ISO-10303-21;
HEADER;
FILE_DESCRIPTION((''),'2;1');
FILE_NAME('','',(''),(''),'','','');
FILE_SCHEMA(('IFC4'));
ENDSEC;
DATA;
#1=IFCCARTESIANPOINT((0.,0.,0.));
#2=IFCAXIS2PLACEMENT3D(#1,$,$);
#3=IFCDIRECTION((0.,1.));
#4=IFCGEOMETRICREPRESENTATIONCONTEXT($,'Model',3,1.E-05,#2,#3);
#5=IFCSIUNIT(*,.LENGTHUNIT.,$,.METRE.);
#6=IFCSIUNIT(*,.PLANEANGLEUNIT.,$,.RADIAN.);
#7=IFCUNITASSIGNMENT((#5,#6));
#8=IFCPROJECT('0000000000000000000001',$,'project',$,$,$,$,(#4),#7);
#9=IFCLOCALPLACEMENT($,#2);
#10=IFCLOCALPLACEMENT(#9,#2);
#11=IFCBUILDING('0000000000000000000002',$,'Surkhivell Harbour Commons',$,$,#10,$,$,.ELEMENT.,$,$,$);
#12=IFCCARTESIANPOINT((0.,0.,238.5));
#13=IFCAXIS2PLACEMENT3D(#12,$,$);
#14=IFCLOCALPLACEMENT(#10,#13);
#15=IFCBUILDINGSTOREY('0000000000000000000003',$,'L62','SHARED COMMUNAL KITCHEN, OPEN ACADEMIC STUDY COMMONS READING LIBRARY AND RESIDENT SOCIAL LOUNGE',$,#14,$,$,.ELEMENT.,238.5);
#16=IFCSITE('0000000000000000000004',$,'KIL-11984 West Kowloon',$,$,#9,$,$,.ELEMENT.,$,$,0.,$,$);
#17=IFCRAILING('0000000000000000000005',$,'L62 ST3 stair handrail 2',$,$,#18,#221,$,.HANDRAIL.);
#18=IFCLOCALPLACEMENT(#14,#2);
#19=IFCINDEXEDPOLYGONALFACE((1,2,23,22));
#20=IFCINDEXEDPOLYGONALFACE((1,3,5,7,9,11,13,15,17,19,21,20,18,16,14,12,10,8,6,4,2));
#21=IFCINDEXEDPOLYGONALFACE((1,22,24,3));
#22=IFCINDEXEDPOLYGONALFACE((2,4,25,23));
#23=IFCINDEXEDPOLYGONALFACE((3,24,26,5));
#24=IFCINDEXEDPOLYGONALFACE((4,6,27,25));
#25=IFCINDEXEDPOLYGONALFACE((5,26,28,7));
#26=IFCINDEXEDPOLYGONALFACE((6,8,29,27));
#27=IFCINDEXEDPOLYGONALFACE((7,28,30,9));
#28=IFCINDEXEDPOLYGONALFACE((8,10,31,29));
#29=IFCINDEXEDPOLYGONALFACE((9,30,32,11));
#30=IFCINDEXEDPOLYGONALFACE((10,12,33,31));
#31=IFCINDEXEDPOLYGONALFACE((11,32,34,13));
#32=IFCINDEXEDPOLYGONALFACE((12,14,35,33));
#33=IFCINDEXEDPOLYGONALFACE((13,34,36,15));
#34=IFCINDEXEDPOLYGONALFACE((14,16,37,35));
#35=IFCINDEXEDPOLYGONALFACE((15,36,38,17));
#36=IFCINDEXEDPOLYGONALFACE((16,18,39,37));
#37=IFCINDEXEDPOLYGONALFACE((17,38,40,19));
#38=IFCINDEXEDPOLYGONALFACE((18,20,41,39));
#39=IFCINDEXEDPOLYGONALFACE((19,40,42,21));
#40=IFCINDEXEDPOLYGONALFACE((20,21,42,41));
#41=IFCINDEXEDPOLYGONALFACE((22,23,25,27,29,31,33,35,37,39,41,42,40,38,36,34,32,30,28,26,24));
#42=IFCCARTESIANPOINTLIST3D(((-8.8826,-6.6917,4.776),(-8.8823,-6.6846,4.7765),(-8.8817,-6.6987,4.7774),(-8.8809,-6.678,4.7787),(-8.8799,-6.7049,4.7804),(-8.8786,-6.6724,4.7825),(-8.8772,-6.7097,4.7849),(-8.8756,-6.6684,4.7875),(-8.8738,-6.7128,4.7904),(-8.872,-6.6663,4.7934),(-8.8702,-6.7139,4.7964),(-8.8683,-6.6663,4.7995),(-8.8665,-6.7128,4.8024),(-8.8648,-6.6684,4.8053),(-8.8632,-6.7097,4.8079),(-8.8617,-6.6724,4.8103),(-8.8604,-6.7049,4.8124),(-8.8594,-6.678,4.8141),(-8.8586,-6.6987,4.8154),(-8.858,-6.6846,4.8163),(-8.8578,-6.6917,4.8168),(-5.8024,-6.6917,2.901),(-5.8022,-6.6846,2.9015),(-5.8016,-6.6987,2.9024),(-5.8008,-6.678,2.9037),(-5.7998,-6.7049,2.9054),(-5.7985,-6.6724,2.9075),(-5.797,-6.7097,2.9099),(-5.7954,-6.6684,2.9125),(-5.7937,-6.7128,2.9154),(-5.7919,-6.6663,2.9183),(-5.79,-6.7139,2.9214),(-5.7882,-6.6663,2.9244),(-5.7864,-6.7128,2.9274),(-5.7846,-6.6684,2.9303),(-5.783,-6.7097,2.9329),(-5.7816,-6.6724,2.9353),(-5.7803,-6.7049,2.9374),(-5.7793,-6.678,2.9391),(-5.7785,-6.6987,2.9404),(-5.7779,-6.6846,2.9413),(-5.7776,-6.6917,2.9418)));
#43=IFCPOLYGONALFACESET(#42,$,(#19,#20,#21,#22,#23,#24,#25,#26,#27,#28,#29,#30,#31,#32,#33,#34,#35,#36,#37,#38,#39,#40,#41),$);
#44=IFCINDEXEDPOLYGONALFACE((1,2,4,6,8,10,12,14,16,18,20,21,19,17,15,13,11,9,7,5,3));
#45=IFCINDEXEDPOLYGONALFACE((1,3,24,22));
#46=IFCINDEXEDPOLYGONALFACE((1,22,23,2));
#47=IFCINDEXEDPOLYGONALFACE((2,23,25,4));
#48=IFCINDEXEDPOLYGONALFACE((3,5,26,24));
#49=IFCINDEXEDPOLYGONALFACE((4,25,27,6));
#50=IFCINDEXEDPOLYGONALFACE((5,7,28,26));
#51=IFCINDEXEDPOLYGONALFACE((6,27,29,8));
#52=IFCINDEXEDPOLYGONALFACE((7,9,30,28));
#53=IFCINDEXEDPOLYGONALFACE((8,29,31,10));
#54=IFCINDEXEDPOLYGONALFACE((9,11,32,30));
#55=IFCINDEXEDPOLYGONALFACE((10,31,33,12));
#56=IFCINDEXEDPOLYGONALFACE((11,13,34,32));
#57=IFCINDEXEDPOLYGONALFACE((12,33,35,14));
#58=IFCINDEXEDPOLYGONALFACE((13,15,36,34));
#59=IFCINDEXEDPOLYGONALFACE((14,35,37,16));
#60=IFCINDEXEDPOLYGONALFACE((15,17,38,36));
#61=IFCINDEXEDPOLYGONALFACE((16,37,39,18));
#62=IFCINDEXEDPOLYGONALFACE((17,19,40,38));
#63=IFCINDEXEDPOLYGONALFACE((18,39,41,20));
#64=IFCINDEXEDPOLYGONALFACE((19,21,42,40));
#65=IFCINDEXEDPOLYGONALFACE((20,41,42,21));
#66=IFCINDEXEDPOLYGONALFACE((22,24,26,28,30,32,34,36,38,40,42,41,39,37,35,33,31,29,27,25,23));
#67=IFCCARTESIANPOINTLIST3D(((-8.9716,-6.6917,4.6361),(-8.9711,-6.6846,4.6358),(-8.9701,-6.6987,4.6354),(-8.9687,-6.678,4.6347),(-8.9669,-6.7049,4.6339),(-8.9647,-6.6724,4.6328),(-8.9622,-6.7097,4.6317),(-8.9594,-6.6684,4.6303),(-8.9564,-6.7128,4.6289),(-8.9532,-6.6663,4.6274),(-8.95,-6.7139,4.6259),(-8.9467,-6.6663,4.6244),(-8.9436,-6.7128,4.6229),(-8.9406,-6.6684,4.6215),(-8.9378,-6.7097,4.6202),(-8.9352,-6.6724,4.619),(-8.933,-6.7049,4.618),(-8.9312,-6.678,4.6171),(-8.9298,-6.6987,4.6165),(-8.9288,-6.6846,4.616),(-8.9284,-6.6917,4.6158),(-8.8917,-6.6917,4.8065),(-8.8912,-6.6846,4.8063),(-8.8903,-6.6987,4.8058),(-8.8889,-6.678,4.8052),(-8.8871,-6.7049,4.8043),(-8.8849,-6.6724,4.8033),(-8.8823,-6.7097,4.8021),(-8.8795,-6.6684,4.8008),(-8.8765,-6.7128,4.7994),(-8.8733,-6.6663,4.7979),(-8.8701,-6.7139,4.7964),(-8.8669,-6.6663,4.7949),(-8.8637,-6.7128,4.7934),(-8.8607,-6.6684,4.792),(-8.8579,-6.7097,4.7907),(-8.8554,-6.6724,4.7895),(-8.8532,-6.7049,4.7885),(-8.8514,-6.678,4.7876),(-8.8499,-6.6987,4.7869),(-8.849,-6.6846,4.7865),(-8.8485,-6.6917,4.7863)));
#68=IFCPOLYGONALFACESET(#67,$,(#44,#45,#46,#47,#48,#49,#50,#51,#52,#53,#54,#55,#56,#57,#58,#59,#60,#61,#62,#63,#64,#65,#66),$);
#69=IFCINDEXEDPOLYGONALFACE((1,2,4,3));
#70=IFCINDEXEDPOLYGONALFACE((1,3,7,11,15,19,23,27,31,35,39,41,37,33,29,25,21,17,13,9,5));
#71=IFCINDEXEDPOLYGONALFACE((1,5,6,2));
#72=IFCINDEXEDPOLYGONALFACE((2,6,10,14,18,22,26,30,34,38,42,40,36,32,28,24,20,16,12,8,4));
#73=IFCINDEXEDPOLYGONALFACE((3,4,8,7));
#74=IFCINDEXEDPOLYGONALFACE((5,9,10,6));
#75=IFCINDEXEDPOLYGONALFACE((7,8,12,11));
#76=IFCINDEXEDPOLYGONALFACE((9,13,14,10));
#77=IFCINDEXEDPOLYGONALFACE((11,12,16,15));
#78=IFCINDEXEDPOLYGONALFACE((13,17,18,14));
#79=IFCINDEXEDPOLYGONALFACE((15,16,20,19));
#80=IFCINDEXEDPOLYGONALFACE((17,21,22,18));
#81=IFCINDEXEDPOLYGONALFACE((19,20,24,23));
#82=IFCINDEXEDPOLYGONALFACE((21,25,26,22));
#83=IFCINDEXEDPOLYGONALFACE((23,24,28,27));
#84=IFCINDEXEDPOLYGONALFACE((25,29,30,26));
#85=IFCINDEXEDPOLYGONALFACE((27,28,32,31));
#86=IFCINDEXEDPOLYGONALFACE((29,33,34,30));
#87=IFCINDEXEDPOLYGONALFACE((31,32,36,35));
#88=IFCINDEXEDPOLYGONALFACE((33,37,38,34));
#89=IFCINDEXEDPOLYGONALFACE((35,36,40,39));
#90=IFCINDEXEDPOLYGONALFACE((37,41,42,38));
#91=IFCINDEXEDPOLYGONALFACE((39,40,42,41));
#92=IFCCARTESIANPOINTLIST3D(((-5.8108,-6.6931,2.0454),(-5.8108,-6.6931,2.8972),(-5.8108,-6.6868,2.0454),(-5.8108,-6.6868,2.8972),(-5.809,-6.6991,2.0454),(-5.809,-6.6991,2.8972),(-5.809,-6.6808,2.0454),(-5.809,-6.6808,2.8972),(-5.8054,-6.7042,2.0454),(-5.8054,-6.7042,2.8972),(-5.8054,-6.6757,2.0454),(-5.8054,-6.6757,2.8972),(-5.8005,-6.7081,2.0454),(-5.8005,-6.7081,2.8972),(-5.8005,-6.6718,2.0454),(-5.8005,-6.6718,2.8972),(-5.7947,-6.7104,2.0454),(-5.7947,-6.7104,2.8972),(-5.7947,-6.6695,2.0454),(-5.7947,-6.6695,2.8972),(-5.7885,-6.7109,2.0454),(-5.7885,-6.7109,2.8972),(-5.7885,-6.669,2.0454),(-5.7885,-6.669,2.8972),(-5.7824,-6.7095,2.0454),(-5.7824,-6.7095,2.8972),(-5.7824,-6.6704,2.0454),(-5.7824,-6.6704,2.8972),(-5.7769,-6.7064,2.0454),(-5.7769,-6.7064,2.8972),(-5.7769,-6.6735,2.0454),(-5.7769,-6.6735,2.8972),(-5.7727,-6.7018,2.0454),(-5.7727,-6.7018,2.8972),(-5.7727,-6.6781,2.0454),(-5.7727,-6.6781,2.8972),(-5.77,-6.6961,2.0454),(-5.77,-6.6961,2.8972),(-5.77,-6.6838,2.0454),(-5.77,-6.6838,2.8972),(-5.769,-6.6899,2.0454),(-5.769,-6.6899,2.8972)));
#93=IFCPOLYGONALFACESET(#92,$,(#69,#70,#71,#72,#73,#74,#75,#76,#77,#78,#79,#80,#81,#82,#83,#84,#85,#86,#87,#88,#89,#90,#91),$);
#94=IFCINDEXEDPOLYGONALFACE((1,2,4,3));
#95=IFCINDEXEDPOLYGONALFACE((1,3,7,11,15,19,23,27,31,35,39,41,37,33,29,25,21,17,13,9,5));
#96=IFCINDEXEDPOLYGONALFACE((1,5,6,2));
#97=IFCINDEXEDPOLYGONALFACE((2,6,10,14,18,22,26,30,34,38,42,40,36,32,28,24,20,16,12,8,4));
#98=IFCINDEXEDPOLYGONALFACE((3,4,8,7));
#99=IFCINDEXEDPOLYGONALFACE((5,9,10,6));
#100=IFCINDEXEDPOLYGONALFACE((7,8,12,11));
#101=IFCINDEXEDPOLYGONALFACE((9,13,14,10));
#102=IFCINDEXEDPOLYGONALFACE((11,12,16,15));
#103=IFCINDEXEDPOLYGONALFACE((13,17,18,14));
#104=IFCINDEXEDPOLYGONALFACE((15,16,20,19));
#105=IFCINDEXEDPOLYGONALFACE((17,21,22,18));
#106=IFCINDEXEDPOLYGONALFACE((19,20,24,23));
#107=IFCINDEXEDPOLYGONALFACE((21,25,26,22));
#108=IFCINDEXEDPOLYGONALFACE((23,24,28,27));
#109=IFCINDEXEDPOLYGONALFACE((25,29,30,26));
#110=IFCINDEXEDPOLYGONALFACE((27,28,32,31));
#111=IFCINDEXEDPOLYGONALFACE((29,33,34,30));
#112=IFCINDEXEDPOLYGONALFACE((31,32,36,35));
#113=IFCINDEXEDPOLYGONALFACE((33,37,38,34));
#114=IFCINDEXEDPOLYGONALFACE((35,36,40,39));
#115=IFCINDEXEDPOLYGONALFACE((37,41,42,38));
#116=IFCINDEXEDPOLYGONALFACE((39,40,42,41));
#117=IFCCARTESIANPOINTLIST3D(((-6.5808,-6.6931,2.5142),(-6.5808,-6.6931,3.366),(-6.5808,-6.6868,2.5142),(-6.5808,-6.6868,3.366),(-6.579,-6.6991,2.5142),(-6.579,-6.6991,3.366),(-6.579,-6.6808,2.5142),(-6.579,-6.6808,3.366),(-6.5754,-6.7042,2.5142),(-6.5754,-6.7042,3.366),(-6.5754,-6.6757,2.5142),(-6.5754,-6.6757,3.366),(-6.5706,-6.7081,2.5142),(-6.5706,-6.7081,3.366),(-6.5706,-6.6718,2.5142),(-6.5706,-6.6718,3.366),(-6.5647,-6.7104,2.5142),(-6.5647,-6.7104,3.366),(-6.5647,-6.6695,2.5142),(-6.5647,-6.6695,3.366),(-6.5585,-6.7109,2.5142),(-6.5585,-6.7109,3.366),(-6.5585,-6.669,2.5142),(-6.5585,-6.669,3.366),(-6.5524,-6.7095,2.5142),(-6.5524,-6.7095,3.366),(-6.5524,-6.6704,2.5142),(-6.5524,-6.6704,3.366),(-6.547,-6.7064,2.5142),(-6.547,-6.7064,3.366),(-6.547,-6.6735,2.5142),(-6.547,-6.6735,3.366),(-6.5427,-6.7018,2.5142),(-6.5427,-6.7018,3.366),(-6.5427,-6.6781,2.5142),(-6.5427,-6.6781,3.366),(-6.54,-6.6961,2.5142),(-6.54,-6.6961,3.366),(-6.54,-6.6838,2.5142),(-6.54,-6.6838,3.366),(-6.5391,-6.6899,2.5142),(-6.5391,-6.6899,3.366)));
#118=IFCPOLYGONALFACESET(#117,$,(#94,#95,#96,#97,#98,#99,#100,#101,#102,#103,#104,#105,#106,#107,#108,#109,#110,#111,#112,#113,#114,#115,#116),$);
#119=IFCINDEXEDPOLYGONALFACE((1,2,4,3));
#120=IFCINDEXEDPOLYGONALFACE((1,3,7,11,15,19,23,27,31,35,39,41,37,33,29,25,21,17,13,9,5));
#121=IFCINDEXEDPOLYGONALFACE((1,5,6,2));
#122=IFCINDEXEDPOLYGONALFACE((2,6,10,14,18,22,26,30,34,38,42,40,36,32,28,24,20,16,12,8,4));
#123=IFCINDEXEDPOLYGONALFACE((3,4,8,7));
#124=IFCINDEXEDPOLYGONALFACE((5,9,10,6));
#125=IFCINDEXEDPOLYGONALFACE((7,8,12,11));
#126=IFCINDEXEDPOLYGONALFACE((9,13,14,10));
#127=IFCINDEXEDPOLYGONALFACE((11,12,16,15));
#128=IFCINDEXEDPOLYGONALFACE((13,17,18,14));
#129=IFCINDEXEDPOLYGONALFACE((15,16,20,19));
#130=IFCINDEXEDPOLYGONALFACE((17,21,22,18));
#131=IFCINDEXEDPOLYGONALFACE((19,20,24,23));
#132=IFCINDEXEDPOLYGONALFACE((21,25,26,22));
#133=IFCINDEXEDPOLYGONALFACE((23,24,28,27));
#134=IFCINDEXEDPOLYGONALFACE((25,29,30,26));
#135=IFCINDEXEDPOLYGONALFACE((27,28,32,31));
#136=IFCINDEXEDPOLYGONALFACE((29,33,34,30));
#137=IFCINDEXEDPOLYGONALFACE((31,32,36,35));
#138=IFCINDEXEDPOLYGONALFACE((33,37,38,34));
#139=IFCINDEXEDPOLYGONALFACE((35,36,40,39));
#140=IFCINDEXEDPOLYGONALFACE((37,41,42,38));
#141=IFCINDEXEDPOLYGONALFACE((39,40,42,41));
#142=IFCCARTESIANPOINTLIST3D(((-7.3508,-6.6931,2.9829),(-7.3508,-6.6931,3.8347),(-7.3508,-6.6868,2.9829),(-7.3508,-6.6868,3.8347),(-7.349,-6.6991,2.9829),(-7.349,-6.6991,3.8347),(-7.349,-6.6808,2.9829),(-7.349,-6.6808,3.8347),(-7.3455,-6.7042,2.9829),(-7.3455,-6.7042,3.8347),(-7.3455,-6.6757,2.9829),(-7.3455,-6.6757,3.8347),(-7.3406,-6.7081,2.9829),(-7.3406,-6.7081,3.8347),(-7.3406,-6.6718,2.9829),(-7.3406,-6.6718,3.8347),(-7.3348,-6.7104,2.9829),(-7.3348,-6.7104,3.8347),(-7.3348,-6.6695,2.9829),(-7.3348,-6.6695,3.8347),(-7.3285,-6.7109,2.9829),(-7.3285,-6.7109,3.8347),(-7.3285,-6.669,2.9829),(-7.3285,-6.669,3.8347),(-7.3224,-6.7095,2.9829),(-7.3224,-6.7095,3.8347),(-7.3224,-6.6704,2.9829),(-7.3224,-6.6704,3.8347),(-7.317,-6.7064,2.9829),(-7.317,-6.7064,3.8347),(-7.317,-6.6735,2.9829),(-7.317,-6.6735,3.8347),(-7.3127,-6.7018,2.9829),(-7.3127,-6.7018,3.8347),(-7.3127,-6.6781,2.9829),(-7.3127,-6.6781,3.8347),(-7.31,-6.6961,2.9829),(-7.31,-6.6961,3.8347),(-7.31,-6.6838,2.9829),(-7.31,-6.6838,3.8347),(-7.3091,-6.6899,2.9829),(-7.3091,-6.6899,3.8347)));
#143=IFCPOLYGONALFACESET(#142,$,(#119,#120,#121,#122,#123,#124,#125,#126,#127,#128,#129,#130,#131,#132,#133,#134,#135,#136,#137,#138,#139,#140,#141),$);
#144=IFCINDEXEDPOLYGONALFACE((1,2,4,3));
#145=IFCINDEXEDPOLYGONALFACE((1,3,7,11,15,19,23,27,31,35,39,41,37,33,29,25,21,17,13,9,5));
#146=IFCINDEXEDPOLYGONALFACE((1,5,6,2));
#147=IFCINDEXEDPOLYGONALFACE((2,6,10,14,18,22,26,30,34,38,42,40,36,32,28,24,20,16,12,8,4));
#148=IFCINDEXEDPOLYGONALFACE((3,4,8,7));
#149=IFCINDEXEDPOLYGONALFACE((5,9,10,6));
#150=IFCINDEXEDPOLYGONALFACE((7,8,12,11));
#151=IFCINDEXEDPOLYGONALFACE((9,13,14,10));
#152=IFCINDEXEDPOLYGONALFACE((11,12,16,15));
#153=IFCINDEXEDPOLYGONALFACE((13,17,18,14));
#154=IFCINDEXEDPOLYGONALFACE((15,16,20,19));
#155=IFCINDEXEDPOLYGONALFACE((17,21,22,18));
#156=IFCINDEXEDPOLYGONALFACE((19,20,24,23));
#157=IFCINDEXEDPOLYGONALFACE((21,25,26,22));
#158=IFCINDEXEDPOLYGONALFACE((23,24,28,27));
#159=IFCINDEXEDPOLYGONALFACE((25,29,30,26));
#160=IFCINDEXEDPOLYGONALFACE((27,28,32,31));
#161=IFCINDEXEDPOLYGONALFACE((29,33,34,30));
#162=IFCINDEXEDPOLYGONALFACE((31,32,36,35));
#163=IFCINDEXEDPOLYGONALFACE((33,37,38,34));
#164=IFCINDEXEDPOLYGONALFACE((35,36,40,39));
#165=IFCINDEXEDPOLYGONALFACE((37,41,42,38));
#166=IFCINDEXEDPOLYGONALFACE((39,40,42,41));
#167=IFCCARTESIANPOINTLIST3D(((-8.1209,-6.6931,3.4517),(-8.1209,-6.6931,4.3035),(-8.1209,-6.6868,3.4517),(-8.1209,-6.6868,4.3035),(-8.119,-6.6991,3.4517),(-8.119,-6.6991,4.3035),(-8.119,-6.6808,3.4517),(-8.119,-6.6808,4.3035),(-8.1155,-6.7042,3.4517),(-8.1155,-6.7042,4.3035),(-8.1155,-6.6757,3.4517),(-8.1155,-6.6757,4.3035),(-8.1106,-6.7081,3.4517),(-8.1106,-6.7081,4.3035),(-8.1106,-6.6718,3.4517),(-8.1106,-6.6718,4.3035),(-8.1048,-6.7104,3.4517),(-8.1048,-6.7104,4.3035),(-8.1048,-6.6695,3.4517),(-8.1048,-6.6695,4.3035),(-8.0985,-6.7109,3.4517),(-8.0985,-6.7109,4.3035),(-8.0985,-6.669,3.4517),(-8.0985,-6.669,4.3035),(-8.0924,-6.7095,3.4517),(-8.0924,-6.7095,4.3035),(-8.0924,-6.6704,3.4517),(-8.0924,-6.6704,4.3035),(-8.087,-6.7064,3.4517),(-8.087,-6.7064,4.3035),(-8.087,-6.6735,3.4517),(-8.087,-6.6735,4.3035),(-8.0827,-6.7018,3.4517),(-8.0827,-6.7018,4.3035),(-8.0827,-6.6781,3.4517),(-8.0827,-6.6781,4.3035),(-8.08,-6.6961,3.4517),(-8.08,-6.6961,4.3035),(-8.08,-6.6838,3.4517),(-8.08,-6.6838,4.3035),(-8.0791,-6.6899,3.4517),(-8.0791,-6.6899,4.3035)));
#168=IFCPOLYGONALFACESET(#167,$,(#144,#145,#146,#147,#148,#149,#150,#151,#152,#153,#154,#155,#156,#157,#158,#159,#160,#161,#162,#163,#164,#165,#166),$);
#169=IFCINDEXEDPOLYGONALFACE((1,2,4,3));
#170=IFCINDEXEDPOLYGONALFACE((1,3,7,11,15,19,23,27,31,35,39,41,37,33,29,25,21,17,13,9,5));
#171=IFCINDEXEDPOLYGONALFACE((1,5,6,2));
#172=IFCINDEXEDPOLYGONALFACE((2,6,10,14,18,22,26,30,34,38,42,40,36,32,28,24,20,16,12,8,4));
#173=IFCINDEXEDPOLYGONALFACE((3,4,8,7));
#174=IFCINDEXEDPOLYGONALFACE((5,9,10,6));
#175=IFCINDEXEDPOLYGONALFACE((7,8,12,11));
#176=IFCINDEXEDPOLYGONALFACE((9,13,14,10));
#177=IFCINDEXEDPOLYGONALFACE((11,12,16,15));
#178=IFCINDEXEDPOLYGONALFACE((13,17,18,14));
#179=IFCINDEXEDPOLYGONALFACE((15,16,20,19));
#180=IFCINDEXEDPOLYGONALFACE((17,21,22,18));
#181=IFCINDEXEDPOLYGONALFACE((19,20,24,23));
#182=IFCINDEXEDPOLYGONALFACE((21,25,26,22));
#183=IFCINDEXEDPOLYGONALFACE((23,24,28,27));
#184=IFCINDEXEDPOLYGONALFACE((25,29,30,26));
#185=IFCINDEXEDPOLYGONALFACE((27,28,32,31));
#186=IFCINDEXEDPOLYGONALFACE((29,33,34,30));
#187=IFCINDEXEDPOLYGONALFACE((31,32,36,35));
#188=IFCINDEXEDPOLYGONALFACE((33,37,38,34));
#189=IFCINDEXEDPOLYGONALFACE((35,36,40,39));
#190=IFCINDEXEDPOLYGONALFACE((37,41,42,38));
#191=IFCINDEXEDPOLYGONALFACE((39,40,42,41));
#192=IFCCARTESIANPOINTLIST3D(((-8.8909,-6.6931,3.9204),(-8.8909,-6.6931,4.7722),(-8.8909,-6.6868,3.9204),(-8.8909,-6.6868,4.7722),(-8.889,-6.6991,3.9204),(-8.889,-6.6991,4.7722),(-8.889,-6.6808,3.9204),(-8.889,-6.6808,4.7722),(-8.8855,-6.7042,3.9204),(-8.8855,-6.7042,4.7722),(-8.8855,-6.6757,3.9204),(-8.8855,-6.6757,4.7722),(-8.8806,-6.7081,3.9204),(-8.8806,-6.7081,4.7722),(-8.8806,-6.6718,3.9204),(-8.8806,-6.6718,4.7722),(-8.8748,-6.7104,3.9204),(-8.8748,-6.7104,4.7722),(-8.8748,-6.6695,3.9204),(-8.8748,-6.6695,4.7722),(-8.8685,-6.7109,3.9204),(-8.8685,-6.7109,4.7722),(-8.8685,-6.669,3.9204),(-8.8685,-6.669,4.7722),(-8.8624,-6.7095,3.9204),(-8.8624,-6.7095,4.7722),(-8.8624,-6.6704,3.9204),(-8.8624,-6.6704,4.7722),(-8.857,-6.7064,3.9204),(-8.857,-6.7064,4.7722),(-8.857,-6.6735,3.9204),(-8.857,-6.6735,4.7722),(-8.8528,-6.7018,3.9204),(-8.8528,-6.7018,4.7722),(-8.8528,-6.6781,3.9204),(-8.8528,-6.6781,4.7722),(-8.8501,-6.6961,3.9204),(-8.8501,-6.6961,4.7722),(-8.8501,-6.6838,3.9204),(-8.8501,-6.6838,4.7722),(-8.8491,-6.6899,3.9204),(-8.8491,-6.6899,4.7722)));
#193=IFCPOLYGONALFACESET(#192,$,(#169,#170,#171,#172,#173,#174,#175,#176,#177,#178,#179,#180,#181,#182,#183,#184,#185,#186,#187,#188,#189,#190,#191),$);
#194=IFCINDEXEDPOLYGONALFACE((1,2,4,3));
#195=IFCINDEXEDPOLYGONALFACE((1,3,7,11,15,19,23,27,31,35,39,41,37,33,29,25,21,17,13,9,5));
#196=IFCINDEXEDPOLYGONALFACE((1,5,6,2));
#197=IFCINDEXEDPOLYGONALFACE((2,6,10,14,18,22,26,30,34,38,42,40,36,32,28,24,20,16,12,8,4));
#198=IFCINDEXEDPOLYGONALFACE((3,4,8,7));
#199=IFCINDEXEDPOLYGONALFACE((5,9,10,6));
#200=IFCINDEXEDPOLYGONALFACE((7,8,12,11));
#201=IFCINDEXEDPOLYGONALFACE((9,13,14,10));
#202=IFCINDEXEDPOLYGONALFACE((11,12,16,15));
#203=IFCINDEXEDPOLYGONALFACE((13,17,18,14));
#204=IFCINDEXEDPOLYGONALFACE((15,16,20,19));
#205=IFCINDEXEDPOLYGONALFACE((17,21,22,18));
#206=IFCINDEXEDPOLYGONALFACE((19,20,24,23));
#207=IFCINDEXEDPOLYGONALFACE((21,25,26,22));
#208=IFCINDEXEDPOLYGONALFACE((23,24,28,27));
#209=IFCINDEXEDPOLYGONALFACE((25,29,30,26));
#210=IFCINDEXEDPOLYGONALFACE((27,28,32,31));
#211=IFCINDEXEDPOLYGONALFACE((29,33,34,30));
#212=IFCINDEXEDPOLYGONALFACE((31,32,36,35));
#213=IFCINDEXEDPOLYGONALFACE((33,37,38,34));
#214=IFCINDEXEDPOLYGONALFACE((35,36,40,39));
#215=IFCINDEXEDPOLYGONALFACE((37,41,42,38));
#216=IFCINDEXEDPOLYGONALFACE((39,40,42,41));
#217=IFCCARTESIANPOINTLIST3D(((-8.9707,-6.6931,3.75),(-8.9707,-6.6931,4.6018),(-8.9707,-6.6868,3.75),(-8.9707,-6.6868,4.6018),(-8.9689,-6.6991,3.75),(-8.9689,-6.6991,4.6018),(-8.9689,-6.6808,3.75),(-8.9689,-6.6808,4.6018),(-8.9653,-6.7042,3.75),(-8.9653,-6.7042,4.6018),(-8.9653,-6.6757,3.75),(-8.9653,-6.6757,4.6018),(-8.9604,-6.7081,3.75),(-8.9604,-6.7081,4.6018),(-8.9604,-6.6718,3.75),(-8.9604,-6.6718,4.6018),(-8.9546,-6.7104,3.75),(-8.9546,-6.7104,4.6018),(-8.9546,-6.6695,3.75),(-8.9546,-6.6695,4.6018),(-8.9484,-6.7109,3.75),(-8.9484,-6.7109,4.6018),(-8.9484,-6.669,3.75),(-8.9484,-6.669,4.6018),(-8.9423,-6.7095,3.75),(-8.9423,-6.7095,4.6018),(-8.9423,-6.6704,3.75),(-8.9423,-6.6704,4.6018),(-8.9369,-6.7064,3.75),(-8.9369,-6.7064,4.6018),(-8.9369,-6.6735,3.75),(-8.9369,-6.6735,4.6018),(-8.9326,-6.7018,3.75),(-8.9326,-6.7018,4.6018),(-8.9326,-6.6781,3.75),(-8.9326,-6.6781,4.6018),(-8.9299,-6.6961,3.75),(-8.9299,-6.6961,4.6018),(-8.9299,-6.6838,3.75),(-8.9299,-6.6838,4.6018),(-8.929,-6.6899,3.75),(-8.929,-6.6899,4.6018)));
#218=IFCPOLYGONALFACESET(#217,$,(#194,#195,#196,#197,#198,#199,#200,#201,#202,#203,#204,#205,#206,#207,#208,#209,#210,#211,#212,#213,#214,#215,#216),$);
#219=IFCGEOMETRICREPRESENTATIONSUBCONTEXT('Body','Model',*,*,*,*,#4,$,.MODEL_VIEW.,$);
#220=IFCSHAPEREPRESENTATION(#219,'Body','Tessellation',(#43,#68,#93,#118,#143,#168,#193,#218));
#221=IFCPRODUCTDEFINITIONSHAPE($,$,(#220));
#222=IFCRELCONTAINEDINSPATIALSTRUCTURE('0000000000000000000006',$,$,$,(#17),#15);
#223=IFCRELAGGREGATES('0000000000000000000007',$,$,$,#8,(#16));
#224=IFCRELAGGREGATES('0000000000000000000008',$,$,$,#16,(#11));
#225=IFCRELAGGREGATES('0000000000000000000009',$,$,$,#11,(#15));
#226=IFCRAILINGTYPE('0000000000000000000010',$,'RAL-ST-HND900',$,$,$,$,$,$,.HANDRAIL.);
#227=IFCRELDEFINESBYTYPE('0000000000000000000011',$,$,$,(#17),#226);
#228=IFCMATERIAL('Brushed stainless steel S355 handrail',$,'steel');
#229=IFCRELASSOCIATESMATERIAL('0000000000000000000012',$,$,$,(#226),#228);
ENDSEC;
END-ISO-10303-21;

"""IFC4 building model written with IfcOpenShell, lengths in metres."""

from ifc_helpers import new_model, si_unit, direction, frame, origin, origin_2d, place, context, subcontext, project, spatial, circle, extrude, material, type_object, element, save


model = new_model("IFC4")

# Units and contexts
model_context = context("Model", 3, precision=1e-05, world=origin(), true_north=direction((0.0, 1.0)))
body_context = subcontext(model_context, "Body", "Model", "MODEL_VIEW")
ifc_project = project(units=[si_unit("LENGTHUNIT", "METRE"), si_unit("PLANEANGLEUNIT", "RADIAN")], contexts=[model_context])

# Site, building, storey
site_placement = place(None, origin())
site = spatial("IfcSite", under=ifc_project, at=site_placement, Name="KIL-11984 West Kowloon", CompositionType="ELEMENT", RefElevation=0.0)
building_placement = place(site_placement, origin())
building = spatial("IfcBuilding", under=site, at=building_placement, Name="Surkhivell Harbour Commons", CompositionType="ELEMENT")
storey_placement = place(building_placement, frame((0.0, 0.0, 238.5)))
storey = spatial("IfcBuildingStorey", under=building, at=storey_placement, Name="L62", Description="SHARED COMMUNAL KITCHEN, OPEN ACADEMIC STUDY COMMONS READING LIBRARY AND RESIDENT SOCIAL LOUNGE", CompositionType="ELEMENT", Elevation=238.5)

# Railing
ifc_material_1 = material(Name="Brushed stainless steel S355 handrail", Category="steel")
railing_type_1 = type_object("IfcRailingType", Name="RAL-ST-HND900", PredefinedType="HANDRAIL", material=ifc_material_1)
railing_1_placement = place(storey_placement, frame((-5.79, -6.6899, 2.0454)))
element("IfcRailing", 1, at=railing_1_placement, inside=storey, type_object=railing_type_1, Name="L62 ST3 stair handrail 2", PredefinedType="HANDRAIL", context=body_context, shape_type="SweptSolid", body=[
    extrude(circle(Radius=0.0239, at=origin_2d()), frame((0.0, 0.0, 0.876), z_axis=(-0.854178, 0.0, 0.519981), x_axis=(0.0, -1.0, 0.0)), (0.0, 0.0, 1.0), 3.606),
    extrude(circle(Radius=0.0239, at=origin_2d()), frame((-3.0801, 0.0, 2.751), z_axis=(-0.424234, 0.0, -0.905552), x_axis=(0.0, -1.0, 0.0)), (0.0, 0.0, 1.0), 0.1882),
    extrude(circle(Radius=0.021, at=origin_2d()), origin(), (0.0, 0.0, 1.0), 0.8518),
    extrude(circle(Radius=0.021, at=origin_2d()), frame((-0.77, 0.0, 0.4688)), (0.0, 0.0, 1.0), 0.8518),
    extrude(circle(Radius=0.021, at=origin_2d()), frame((-1.54, 0.0, 0.9375)), (0.0, 0.0, 1.0), 0.8518),
    extrude(circle(Radius=0.021, at=origin_2d()), frame((-2.3101, 0.0, 1.4062)), (0.0, 0.0, 1.0), 0.8518),
    extrude(circle(Radius=0.021, at=origin_2d()), frame((-3.0801, 0.0, 1.875)), (0.0, 0.0, 1.0), 0.8518),
    extrude(circle(Radius=0.021, at=origin_2d()), frame((-3.1599, 0.0, 1.7046)), (0.0, 0.0, 1.0), 0.8518),
])

save(model, "model.ifc")
